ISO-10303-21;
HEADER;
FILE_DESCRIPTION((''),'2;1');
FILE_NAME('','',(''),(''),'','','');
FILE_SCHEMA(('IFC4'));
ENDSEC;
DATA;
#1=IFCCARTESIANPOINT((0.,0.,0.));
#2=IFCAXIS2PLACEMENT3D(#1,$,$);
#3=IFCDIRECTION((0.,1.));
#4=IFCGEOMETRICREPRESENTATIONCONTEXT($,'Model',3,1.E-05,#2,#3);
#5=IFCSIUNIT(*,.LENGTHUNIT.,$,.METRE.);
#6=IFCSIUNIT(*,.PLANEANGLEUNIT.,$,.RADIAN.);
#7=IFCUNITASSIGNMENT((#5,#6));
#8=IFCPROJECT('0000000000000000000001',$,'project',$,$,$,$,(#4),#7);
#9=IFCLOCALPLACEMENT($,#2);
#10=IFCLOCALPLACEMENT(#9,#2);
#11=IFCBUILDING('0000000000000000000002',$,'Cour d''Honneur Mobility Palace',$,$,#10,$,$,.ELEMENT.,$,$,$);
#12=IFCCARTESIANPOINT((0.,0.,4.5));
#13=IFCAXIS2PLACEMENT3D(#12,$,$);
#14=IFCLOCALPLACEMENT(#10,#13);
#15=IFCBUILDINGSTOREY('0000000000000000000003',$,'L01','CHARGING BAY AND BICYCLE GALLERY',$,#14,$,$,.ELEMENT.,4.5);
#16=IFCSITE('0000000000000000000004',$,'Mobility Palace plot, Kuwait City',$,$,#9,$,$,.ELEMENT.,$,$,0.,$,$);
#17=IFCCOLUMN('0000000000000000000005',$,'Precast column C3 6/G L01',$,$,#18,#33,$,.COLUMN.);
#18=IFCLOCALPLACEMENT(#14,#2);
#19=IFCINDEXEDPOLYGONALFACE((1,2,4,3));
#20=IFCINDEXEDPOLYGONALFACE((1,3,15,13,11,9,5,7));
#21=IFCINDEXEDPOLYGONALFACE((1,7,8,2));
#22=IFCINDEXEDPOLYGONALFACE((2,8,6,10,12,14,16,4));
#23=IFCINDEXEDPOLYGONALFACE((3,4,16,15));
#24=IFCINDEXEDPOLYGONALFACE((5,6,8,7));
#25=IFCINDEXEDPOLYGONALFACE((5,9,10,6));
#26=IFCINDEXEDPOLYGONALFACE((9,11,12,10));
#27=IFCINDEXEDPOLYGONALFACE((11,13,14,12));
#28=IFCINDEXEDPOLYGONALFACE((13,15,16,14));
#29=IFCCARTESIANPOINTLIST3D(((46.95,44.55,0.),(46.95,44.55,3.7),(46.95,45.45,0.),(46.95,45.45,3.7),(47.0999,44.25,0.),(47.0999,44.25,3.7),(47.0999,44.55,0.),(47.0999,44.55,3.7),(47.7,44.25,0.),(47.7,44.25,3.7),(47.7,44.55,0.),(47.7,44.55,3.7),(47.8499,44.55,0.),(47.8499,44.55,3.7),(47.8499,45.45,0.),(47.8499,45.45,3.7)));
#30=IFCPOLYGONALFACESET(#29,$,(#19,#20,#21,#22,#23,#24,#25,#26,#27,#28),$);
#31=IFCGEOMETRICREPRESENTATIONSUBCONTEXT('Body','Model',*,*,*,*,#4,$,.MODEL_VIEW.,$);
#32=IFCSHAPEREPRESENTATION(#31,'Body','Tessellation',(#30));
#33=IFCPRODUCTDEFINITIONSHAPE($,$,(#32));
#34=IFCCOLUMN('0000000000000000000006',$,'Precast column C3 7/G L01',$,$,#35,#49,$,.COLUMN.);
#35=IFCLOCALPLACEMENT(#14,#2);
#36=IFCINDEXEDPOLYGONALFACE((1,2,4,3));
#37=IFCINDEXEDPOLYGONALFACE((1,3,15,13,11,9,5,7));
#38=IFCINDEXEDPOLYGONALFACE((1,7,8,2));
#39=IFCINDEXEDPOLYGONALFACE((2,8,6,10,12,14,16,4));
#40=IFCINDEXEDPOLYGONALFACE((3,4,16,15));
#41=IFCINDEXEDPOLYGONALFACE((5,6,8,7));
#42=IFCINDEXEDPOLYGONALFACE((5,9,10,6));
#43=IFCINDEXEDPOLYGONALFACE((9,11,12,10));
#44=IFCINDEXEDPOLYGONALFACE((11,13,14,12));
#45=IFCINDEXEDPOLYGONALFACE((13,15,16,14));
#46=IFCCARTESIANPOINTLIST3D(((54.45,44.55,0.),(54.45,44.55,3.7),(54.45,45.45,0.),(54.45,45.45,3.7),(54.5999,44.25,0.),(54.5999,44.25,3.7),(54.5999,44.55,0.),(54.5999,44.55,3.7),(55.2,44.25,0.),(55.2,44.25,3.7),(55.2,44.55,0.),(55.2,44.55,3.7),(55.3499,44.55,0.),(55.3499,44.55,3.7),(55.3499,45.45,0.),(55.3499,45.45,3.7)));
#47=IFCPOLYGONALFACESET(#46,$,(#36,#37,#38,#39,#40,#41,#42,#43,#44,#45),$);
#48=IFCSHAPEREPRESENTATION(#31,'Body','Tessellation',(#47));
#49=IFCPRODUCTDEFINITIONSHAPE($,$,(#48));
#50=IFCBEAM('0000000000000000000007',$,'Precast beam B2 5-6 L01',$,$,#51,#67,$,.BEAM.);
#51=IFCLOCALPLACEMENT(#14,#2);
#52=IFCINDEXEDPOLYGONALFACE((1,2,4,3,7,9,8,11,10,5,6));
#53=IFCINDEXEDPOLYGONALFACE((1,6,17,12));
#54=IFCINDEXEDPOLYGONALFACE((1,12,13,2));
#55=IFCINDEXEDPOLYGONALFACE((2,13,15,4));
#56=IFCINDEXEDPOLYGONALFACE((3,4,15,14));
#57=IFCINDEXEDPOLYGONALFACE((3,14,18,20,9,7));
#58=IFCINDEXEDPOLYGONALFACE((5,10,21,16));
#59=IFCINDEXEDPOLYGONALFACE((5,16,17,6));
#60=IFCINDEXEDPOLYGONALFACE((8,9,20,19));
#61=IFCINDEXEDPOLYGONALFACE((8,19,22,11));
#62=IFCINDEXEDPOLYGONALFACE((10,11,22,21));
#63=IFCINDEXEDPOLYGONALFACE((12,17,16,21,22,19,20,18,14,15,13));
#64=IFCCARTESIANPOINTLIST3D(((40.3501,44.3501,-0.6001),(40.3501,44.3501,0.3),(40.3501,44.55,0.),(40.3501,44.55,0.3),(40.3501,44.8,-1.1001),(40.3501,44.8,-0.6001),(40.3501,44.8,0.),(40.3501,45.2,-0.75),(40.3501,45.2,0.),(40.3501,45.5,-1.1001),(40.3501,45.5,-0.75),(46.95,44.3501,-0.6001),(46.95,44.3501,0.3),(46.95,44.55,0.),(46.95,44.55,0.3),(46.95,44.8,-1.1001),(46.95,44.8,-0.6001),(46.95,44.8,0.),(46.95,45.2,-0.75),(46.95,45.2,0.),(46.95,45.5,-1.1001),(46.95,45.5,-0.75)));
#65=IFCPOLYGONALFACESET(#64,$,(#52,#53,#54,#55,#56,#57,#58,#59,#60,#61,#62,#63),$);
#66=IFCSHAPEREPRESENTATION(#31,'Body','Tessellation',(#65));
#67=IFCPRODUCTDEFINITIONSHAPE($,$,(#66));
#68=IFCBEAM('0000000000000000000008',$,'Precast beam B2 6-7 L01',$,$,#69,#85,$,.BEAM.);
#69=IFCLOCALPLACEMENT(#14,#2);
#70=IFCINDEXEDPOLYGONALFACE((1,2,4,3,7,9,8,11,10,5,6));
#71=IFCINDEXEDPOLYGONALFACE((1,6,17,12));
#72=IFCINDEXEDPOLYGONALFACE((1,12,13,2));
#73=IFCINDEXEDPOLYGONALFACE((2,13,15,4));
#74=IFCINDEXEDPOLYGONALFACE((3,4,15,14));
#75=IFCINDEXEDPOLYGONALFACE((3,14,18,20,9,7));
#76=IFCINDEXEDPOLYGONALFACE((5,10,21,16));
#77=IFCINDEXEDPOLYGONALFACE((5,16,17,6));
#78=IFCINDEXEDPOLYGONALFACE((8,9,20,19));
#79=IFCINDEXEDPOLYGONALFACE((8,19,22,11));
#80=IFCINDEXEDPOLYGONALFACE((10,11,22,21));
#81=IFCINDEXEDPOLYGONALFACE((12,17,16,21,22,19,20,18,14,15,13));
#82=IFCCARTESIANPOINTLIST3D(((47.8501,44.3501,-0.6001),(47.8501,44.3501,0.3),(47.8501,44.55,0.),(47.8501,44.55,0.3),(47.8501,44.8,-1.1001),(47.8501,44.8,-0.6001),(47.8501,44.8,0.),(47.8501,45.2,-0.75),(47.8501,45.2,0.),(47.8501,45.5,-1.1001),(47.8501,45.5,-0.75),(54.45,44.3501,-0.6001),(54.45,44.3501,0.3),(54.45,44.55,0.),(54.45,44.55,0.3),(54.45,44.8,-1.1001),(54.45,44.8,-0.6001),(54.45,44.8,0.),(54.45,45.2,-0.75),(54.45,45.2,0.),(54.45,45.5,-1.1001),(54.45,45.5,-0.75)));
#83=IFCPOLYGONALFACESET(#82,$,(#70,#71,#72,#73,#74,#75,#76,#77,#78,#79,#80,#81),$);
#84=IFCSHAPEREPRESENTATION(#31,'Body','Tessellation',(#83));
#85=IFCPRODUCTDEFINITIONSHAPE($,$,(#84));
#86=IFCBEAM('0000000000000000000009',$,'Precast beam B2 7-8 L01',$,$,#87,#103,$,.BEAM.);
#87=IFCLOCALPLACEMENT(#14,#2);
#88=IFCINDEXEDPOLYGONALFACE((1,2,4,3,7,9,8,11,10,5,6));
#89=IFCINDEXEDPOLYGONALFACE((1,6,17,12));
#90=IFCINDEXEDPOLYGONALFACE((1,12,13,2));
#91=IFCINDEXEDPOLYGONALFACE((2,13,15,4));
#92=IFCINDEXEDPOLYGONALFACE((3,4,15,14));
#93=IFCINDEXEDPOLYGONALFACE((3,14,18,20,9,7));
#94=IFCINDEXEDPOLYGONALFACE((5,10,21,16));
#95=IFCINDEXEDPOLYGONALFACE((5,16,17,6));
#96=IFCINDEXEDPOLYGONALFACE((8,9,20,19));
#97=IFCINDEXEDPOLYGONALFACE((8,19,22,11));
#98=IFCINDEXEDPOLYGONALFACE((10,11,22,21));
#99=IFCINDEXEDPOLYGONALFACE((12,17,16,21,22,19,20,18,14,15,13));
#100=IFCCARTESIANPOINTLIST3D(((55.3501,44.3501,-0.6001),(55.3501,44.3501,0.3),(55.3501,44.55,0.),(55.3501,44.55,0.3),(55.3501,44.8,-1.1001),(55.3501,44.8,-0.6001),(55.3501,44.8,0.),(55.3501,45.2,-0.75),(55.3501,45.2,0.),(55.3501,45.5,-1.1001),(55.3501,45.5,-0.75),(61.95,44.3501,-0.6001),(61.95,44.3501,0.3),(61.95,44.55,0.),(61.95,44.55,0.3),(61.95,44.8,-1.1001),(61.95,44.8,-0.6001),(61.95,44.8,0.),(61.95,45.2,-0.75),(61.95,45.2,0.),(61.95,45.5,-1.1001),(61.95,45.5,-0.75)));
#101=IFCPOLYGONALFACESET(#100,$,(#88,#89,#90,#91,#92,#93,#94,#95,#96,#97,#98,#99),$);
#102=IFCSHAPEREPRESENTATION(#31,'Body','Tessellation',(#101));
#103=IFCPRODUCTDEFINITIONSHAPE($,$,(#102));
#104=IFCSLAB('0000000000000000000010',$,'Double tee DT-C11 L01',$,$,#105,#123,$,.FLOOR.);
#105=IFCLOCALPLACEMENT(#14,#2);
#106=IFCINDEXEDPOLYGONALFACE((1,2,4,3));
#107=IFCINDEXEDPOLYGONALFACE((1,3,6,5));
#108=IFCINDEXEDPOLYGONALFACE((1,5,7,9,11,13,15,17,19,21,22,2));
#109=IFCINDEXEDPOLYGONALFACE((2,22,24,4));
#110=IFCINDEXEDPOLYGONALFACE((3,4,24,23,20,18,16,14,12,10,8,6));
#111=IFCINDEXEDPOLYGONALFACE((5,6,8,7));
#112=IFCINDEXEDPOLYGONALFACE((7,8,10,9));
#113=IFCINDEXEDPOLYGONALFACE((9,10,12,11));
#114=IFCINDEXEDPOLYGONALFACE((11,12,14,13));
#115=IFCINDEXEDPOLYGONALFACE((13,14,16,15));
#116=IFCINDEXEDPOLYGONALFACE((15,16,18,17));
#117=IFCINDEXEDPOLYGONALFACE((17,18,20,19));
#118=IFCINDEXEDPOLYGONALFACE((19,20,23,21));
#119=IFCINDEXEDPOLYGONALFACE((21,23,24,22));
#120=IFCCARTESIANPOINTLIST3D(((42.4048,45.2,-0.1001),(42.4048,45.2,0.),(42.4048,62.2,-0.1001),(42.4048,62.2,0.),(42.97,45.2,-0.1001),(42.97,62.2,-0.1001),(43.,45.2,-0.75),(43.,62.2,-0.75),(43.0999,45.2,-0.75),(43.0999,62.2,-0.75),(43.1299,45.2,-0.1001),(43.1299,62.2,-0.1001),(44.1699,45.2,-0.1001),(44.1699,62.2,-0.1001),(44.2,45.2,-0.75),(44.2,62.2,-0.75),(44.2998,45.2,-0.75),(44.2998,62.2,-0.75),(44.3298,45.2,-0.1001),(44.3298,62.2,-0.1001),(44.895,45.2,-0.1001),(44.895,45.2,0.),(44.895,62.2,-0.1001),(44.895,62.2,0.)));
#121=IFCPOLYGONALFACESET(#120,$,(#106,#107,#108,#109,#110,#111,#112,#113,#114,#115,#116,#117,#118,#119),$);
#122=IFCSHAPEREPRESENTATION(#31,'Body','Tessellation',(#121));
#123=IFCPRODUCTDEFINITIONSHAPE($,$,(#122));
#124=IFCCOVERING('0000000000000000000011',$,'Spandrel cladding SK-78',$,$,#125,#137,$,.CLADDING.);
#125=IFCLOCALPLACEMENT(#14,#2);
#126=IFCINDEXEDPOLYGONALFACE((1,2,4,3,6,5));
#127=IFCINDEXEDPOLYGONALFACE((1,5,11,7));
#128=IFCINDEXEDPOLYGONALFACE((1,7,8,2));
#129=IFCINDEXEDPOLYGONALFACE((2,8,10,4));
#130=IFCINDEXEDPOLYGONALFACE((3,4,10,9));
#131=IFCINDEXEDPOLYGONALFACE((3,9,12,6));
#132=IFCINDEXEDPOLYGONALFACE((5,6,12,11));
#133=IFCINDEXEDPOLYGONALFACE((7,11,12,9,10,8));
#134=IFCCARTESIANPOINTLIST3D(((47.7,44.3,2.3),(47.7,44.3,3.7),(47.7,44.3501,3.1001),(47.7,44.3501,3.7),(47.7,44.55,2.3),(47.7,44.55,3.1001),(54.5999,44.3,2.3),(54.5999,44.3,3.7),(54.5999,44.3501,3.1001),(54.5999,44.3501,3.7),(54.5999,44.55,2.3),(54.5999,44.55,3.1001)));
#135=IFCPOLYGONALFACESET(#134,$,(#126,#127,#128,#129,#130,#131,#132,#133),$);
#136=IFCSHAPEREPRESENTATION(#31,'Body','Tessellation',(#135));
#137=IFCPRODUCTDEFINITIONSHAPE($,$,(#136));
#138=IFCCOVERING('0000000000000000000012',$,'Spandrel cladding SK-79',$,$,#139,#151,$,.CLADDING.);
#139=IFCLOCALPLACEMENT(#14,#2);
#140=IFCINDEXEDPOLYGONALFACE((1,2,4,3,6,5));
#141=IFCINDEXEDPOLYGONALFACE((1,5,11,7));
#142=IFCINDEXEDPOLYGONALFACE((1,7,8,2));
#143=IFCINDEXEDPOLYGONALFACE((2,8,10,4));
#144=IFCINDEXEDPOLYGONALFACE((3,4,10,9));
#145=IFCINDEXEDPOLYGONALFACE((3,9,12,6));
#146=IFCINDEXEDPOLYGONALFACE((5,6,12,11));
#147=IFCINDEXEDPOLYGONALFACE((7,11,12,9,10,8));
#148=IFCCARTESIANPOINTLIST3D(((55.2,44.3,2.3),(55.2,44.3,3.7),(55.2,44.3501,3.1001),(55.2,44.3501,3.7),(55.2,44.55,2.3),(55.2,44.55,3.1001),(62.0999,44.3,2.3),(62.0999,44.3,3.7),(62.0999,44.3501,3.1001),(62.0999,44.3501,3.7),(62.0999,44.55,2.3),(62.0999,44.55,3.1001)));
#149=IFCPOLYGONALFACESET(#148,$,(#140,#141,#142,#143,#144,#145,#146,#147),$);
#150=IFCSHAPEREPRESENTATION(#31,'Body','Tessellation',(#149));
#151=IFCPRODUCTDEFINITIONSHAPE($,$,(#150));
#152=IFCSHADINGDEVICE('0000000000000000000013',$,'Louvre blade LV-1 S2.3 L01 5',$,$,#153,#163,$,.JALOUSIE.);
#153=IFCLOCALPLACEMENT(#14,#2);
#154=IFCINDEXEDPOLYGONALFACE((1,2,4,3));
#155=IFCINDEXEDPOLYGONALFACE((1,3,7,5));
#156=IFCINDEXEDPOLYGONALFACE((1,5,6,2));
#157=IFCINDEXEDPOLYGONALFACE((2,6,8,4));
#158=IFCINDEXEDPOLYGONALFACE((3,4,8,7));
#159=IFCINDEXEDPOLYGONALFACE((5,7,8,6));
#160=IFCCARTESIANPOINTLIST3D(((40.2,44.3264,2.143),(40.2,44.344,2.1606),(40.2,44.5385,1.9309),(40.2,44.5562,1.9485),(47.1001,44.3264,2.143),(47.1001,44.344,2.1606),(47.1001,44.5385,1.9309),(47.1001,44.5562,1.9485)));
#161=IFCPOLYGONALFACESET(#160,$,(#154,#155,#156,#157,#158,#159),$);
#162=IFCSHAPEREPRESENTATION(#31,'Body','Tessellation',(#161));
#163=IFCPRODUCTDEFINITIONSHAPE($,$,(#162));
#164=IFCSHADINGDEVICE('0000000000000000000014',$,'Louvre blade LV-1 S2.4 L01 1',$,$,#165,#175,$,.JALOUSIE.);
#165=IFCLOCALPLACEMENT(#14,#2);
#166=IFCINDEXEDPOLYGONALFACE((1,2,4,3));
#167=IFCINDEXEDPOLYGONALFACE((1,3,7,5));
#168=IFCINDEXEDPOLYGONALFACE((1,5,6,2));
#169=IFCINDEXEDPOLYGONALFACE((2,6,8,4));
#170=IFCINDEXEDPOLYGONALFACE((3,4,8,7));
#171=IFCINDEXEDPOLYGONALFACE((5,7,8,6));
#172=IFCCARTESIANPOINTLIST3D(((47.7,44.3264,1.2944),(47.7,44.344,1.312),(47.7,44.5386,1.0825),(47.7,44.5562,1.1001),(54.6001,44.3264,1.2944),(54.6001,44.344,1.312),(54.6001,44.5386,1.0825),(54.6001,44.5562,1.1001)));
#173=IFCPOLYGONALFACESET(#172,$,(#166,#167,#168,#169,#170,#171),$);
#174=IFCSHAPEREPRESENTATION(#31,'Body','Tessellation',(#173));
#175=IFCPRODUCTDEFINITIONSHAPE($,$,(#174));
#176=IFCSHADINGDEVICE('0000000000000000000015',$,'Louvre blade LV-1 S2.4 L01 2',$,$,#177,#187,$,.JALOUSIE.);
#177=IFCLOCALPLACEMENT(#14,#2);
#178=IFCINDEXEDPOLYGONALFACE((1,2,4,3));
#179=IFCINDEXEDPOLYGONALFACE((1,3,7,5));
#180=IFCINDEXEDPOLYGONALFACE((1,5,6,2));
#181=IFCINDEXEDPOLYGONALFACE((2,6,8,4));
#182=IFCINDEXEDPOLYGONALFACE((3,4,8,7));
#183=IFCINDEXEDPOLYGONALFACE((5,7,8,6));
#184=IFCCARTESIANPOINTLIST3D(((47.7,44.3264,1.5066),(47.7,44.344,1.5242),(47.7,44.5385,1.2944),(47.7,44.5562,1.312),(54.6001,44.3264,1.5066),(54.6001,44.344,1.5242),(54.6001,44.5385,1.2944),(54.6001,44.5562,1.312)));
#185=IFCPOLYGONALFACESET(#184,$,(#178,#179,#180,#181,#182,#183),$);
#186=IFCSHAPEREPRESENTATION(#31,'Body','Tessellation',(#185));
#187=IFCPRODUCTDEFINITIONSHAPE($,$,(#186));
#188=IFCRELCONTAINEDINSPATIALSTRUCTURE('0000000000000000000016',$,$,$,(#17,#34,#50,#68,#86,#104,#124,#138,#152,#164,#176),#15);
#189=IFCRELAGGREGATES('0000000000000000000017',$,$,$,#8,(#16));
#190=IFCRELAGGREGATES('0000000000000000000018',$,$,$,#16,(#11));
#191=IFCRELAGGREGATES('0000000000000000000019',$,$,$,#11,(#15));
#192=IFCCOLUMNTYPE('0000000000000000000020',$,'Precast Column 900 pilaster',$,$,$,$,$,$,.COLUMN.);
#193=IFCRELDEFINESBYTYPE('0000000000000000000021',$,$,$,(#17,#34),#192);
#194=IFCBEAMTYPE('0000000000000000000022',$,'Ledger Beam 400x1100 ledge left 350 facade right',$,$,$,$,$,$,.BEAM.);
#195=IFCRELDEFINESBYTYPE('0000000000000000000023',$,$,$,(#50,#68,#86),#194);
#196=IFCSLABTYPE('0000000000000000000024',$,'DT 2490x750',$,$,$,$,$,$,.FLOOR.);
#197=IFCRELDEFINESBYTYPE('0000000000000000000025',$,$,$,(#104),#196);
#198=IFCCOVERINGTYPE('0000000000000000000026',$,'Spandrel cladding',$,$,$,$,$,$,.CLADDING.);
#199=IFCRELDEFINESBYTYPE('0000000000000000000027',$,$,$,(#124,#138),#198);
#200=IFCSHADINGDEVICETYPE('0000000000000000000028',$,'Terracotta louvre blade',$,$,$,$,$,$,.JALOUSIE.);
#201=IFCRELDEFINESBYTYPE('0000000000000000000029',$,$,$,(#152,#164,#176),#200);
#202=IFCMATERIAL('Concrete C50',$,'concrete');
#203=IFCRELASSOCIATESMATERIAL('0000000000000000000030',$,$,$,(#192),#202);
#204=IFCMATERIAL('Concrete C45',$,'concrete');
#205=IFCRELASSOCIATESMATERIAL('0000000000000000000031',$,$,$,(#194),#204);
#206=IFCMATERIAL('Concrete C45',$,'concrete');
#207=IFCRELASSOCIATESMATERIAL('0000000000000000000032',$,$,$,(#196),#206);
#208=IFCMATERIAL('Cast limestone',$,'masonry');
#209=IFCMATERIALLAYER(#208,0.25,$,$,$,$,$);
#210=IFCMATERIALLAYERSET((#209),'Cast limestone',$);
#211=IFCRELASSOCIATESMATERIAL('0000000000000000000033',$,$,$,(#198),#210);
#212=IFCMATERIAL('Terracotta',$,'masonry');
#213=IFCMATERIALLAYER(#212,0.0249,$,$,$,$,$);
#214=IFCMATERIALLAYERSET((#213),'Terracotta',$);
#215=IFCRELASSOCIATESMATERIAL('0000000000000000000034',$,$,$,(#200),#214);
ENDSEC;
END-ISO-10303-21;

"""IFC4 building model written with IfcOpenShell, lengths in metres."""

from ifc_helpers import new_model, si_unit, direction, frame, origin, place, context, subcontext, project, spatial, polyline, outline, extrude, material, layer, layer_set, material_profile, profile_set, type_object, element, save


model = new_model("IFC4")

# Units and contexts
model_context = context("Model", 3, precision=1e-05, world=origin(), true_north=direction((0.0, 1.0)))
body_context = subcontext(model_context, "Body", "Model", "MODEL_VIEW")
ifc_project = project(units=[si_unit("LENGTHUNIT", "METRE"), si_unit("PLANEANGLEUNIT", "RADIAN")], contexts=[model_context])

# Site, building, storey
site_placement = place(None, origin())
site = spatial("IfcSite", under=ifc_project, at=site_placement, Name="Mobility Palace plot, Kuwait City", CompositionType="ELEMENT", RefElevation=0.0)
building_placement = place(site_placement, origin())
building = spatial("IfcBuilding", under=site, at=building_placement, Name="Cour d'Honneur Mobility Palace", CompositionType="ELEMENT")
storey_placement = place(building_placement, frame((0.0, 0.0, 4.5)))
storey = spatial("IfcBuildingStorey", under=building, at=storey_placement, Name="L01", Description="CHARGING BAY AND BICYCLE GALLERY", CompositionType="ELEMENT", Elevation=4.5)

# Columns
ifc_material_1 = material(Name="Concrete C50", Category="concrete")
ifc_material_profile_1 = material_profile(ifc_material_1, outline(polyline([(-0.45, -0.45), (0.45, -0.45), (0.45, -0.3), (0.75, -0.3), (0.75, 0.3), (0.45, 0.3), (0.45, 0.45), (-0.45, 0.45), (-0.45, -0.45)])), Name="PC C900 pilaster")
ifc_profile_set_1 = profile_set([ifc_material_profile_1], Name="Concrete C50")
column_type = type_object("IfcColumnType", Name="Precast Column 900 pilaster", PredefinedType="COLUMN", material=ifc_profile_set_1)
for number, where, z_axis, x_axis, name in (
    (1, (47.3999, 45.0, 0.0), (0.0, 0.0, 1.0), (0.0, -1.0, 0.0), "Precast column C3 6/G L01"),
    (2, (54.8999, 45.0, 0.0), (0.0, 0.0, 1.0), (0.0, -1.0, 0.0), "Precast column C3 7/G L01"),
):
    element("IfcColumn", number, at=place(storey_placement, frame(where, z_axis=z_axis, x_axis=x_axis)), inside=storey, type_object=column_type, Name=name, PredefinedType="COLUMN", context=body_context, shape_type="SweptSolid", body=[
        extrude(outline(polyline([(-0.45, -0.45), (0.45, -0.45), (0.45, -0.3), (0.75, -0.3), (0.75, 0.3), (0.45, 0.3), (0.45, 0.45), (-0.45, 0.45), (-0.45, -0.45)])), origin(), (0.0, 0.0, 1.0), 3.7),
    ])

# Beams
ifc_material_2 = material(Name="Concrete C45", Category="concrete")
ifc_material_profile_2 = material_profile(ifc_material_2, outline(polyline([(0.5, -1.1001), (0.5, -0.75), (0.2, -0.75), (0.2, 0.0), (-0.2, 0.0), (-0.45, 0.0), (-0.45, 0.3), (-0.6499, 0.3), (-0.6499, -0.6001), (-0.2, -0.6001), (-0.2, -1.1001), (0.5, -1.1001)])), Name="Ledger Beam 400x1100 ledge left 350 facade right")
ifc_profile_set_2 = profile_set([ifc_material_profile_2], Name="Concrete C45")
beam_type = type_object("IfcBeamType", Name="Ledger Beam 400x1100 ledge left 350 facade right", PredefinedType="BEAM", material=ifc_profile_set_2)
for number, where, z_axis, x_axis, name in (
    (3, (40.3501, 45.0, 0.0), (1.0, 0.0, 0.0), (0.0, 1.0, 0.0), "Precast beam B2 5-6 L01"),
    (4, (47.8501, 45.0, 0.0), (1.0, 0.0, 0.0), (0.0, 1.0, 0.0), "Precast beam B2 6-7 L01"),
    (5, (55.3501, 45.0, 0.0), (1.0, 0.0, 0.0), (0.0, 1.0, 0.0), "Precast beam B2 7-8 L01"),
):
    element("IfcBeam", number, at=place(storey_placement, frame(where, z_axis=z_axis, x_axis=x_axis)), inside=storey, type_object=beam_type, Name=name, PredefinedType="BEAM", context=body_context, shape_type="SweptSolid", body=[
        extrude(outline(polyline([(0.5, -1.1001), (0.5, -0.75), (0.2, -0.75), (0.2, 0.0), (-0.2, 0.0), (-0.45, 0.0), (-0.45, 0.3), (-0.6499, 0.3), (-0.6499, -0.6001), (-0.2, -0.6001), (-0.2, -1.1001), (0.5, -1.1001)])), origin(), (0.0, 0.0, 1.0), 6.5999),
    ])

# Slab
ifc_material_3 = material(Name="Concrete C45", Category="concrete")
ifc_material_profile_3 = material_profile(ifc_material_3, outline(polyline([(-1.2451, 0.0), (1.2451, 0.0), (1.2451, -0.1001), (0.6799, -0.1001), (0.6499, -0.75), (0.55, -0.75), (0.52, -0.1001), (-0.52, -0.1001), (-0.55, -0.75), (-0.6499, -0.75), (-0.6799, -0.1001), (-1.2451, -0.1001), (-1.2451, 0.0)])), Name="DT 2490x750")
ifc_profile_set_3 = profile_set([ifc_material_profile_3], Name="Concrete C45")
slab_type = type_object("IfcSlabType", Name="DT 2490x750", PredefinedType="FLOOR", material=ifc_profile_set_3)
slab_placement = place(storey_placement, frame((43.6499, 45.2, 0.0), z_axis=(0.0, 1.0, 0.0), x_axis=(-1.0, 0.0, 0.0)))
element("IfcSlab", 6, at=slab_placement, inside=storey, type_object=slab_type, Name="Double tee DT-C11 L01", PredefinedType="FLOOR", context=body_context, shape_type="SweptSolid", body=[
    extrude(outline(polyline([(-1.2451, 0.0), (1.2451, 0.0), (1.2451, -0.1001), (0.6799, -0.1001), (0.6499, -0.75), (0.55, -0.75), (0.52, -0.1001), (-0.52, -0.1001), (-0.55, -0.75), (-0.6499, -0.75), (-0.6799, -0.1001), (-1.2451, -0.1001), (-1.2451, 0.0)])), origin(), (0.0, 0.0, 1.0), 17.0),
])

# Coverings
ifc_material_4 = material(Name="Cast limestone", Category="masonry")
ifc_layer_1 = layer(ifc_material_4, 0.25)
ifc_layer_set_1 = layer_set([ifc_layer_1], Name="Cast limestone")
covering_type = type_object("IfcCoveringType", Name="Spandrel cladding", PredefinedType="CLADDING", material=ifc_layer_set_1)
for number, where, z_axis, x_axis, name in (
    (7, (47.7, 44.55, 2.3), (-1.0, 0.0, 0.0), (0.0, -1.0, 0.0), "Spandrel cladding SK-78"),
    (8, (55.2, 44.55, 2.3), (-1.0, 0.0, 0.0), (0.0, -1.0, 0.0), "Spandrel cladding SK-79"),
):
    element("IfcCovering", number, at=place(storey_placement, frame(where, z_axis=z_axis, x_axis=x_axis)), inside=storey, type_object=covering_type, Name=name, PredefinedType="CLADDING", context=body_context, shape_type="SweptSolid", body=[
        extrude(outline(polyline([(0.0, 0.0), (0.25, 0.0), (0.25, 1.3999), (0.2, 1.3999), (0.2, 0.8), (0.0, 0.8), (0.0, 0.0)])), origin(), (0.0, 0.0, -1.0), 6.8999),
    ])

# Shading devices
ifc_material_5 = material(Name="Terracotta", Category="masonry")
ifc_layer_2 = layer(ifc_material_5, 0.0249)
ifc_layer_set_2 = layer_set([ifc_layer_2], Name="Terracotta")
shading_device_type = type_object("IfcShadingDeviceType", Name="Terracotta louvre blade", PredefinedType="JALOUSIE", material=ifc_layer_set_2)
shading_device_1_placement = place(storey_placement, frame((40.2, 44.5562, 1.9485), z_axis=(0.0, 0.707107, 0.707107), x_axis=(1.0, 0.0, 0.0)))
element("IfcShadingDevice", 9, at=shading_device_1_placement, inside=storey, type_object=shading_device_type, Name="Louvre blade LV-1 S2.3 L01 5", PredefinedType="JALOUSIE", context=body_context, shape_type="SweptSolid", body=[
    extrude(outline(polyline([(0.0, 0.0), (6.9001, 0.0), (6.9001, -0.3), (0.0, -0.3), (0.0, 0.0)])), origin(), (0.0, 0.0, -1.0), 0.0249),
])
shading_device_2_placement = place(storey_placement, frame((47.7, 44.5562, 1.1001), z_axis=(0.0, 0.7067, 0.707514), x_axis=(1.0, 0.0, 0.0)))
element("IfcShadingDevice", 10, at=shading_device_2_placement, inside=storey, type_object=shading_device_type, Name="Louvre blade LV-1 S2.4 L01 1", PredefinedType="JALOUSIE", context=body_context, shape_type="SweptSolid", body=[
    extrude(outline(polyline([(0.0, 0.0), (6.9001, 0.0), (6.9001, -0.2999), (0.0, -0.2999), (0.0, 0.0)])), origin(), (0.0, 0.0, -1.0), 0.0249),
])
for number, where, z_axis, x_axis, name in (
    (11, (47.7, 44.5562, 1.312), (0.0, 0.707107, 0.707107), (1.0, 0.0, 0.0), "Louvre blade LV-1 S2.4 L01 2"),
):
    element("IfcShadingDevice", number, at=place(storey_placement, frame(where, z_axis=z_axis, x_axis=x_axis)), inside=storey, type_object=shading_device_type, Name=name, PredefinedType="JALOUSIE", context=body_context, shape_type="SweptSolid", body=[
        extrude(outline(polyline([(0.0, 0.0), (6.9001, 0.0), (6.9001, -0.3), (0.0, -0.3), (0.0, 0.0)])), origin(), (0.0, 0.0, -1.0), 0.0249),
    ])

save(model, "model.ifc")
